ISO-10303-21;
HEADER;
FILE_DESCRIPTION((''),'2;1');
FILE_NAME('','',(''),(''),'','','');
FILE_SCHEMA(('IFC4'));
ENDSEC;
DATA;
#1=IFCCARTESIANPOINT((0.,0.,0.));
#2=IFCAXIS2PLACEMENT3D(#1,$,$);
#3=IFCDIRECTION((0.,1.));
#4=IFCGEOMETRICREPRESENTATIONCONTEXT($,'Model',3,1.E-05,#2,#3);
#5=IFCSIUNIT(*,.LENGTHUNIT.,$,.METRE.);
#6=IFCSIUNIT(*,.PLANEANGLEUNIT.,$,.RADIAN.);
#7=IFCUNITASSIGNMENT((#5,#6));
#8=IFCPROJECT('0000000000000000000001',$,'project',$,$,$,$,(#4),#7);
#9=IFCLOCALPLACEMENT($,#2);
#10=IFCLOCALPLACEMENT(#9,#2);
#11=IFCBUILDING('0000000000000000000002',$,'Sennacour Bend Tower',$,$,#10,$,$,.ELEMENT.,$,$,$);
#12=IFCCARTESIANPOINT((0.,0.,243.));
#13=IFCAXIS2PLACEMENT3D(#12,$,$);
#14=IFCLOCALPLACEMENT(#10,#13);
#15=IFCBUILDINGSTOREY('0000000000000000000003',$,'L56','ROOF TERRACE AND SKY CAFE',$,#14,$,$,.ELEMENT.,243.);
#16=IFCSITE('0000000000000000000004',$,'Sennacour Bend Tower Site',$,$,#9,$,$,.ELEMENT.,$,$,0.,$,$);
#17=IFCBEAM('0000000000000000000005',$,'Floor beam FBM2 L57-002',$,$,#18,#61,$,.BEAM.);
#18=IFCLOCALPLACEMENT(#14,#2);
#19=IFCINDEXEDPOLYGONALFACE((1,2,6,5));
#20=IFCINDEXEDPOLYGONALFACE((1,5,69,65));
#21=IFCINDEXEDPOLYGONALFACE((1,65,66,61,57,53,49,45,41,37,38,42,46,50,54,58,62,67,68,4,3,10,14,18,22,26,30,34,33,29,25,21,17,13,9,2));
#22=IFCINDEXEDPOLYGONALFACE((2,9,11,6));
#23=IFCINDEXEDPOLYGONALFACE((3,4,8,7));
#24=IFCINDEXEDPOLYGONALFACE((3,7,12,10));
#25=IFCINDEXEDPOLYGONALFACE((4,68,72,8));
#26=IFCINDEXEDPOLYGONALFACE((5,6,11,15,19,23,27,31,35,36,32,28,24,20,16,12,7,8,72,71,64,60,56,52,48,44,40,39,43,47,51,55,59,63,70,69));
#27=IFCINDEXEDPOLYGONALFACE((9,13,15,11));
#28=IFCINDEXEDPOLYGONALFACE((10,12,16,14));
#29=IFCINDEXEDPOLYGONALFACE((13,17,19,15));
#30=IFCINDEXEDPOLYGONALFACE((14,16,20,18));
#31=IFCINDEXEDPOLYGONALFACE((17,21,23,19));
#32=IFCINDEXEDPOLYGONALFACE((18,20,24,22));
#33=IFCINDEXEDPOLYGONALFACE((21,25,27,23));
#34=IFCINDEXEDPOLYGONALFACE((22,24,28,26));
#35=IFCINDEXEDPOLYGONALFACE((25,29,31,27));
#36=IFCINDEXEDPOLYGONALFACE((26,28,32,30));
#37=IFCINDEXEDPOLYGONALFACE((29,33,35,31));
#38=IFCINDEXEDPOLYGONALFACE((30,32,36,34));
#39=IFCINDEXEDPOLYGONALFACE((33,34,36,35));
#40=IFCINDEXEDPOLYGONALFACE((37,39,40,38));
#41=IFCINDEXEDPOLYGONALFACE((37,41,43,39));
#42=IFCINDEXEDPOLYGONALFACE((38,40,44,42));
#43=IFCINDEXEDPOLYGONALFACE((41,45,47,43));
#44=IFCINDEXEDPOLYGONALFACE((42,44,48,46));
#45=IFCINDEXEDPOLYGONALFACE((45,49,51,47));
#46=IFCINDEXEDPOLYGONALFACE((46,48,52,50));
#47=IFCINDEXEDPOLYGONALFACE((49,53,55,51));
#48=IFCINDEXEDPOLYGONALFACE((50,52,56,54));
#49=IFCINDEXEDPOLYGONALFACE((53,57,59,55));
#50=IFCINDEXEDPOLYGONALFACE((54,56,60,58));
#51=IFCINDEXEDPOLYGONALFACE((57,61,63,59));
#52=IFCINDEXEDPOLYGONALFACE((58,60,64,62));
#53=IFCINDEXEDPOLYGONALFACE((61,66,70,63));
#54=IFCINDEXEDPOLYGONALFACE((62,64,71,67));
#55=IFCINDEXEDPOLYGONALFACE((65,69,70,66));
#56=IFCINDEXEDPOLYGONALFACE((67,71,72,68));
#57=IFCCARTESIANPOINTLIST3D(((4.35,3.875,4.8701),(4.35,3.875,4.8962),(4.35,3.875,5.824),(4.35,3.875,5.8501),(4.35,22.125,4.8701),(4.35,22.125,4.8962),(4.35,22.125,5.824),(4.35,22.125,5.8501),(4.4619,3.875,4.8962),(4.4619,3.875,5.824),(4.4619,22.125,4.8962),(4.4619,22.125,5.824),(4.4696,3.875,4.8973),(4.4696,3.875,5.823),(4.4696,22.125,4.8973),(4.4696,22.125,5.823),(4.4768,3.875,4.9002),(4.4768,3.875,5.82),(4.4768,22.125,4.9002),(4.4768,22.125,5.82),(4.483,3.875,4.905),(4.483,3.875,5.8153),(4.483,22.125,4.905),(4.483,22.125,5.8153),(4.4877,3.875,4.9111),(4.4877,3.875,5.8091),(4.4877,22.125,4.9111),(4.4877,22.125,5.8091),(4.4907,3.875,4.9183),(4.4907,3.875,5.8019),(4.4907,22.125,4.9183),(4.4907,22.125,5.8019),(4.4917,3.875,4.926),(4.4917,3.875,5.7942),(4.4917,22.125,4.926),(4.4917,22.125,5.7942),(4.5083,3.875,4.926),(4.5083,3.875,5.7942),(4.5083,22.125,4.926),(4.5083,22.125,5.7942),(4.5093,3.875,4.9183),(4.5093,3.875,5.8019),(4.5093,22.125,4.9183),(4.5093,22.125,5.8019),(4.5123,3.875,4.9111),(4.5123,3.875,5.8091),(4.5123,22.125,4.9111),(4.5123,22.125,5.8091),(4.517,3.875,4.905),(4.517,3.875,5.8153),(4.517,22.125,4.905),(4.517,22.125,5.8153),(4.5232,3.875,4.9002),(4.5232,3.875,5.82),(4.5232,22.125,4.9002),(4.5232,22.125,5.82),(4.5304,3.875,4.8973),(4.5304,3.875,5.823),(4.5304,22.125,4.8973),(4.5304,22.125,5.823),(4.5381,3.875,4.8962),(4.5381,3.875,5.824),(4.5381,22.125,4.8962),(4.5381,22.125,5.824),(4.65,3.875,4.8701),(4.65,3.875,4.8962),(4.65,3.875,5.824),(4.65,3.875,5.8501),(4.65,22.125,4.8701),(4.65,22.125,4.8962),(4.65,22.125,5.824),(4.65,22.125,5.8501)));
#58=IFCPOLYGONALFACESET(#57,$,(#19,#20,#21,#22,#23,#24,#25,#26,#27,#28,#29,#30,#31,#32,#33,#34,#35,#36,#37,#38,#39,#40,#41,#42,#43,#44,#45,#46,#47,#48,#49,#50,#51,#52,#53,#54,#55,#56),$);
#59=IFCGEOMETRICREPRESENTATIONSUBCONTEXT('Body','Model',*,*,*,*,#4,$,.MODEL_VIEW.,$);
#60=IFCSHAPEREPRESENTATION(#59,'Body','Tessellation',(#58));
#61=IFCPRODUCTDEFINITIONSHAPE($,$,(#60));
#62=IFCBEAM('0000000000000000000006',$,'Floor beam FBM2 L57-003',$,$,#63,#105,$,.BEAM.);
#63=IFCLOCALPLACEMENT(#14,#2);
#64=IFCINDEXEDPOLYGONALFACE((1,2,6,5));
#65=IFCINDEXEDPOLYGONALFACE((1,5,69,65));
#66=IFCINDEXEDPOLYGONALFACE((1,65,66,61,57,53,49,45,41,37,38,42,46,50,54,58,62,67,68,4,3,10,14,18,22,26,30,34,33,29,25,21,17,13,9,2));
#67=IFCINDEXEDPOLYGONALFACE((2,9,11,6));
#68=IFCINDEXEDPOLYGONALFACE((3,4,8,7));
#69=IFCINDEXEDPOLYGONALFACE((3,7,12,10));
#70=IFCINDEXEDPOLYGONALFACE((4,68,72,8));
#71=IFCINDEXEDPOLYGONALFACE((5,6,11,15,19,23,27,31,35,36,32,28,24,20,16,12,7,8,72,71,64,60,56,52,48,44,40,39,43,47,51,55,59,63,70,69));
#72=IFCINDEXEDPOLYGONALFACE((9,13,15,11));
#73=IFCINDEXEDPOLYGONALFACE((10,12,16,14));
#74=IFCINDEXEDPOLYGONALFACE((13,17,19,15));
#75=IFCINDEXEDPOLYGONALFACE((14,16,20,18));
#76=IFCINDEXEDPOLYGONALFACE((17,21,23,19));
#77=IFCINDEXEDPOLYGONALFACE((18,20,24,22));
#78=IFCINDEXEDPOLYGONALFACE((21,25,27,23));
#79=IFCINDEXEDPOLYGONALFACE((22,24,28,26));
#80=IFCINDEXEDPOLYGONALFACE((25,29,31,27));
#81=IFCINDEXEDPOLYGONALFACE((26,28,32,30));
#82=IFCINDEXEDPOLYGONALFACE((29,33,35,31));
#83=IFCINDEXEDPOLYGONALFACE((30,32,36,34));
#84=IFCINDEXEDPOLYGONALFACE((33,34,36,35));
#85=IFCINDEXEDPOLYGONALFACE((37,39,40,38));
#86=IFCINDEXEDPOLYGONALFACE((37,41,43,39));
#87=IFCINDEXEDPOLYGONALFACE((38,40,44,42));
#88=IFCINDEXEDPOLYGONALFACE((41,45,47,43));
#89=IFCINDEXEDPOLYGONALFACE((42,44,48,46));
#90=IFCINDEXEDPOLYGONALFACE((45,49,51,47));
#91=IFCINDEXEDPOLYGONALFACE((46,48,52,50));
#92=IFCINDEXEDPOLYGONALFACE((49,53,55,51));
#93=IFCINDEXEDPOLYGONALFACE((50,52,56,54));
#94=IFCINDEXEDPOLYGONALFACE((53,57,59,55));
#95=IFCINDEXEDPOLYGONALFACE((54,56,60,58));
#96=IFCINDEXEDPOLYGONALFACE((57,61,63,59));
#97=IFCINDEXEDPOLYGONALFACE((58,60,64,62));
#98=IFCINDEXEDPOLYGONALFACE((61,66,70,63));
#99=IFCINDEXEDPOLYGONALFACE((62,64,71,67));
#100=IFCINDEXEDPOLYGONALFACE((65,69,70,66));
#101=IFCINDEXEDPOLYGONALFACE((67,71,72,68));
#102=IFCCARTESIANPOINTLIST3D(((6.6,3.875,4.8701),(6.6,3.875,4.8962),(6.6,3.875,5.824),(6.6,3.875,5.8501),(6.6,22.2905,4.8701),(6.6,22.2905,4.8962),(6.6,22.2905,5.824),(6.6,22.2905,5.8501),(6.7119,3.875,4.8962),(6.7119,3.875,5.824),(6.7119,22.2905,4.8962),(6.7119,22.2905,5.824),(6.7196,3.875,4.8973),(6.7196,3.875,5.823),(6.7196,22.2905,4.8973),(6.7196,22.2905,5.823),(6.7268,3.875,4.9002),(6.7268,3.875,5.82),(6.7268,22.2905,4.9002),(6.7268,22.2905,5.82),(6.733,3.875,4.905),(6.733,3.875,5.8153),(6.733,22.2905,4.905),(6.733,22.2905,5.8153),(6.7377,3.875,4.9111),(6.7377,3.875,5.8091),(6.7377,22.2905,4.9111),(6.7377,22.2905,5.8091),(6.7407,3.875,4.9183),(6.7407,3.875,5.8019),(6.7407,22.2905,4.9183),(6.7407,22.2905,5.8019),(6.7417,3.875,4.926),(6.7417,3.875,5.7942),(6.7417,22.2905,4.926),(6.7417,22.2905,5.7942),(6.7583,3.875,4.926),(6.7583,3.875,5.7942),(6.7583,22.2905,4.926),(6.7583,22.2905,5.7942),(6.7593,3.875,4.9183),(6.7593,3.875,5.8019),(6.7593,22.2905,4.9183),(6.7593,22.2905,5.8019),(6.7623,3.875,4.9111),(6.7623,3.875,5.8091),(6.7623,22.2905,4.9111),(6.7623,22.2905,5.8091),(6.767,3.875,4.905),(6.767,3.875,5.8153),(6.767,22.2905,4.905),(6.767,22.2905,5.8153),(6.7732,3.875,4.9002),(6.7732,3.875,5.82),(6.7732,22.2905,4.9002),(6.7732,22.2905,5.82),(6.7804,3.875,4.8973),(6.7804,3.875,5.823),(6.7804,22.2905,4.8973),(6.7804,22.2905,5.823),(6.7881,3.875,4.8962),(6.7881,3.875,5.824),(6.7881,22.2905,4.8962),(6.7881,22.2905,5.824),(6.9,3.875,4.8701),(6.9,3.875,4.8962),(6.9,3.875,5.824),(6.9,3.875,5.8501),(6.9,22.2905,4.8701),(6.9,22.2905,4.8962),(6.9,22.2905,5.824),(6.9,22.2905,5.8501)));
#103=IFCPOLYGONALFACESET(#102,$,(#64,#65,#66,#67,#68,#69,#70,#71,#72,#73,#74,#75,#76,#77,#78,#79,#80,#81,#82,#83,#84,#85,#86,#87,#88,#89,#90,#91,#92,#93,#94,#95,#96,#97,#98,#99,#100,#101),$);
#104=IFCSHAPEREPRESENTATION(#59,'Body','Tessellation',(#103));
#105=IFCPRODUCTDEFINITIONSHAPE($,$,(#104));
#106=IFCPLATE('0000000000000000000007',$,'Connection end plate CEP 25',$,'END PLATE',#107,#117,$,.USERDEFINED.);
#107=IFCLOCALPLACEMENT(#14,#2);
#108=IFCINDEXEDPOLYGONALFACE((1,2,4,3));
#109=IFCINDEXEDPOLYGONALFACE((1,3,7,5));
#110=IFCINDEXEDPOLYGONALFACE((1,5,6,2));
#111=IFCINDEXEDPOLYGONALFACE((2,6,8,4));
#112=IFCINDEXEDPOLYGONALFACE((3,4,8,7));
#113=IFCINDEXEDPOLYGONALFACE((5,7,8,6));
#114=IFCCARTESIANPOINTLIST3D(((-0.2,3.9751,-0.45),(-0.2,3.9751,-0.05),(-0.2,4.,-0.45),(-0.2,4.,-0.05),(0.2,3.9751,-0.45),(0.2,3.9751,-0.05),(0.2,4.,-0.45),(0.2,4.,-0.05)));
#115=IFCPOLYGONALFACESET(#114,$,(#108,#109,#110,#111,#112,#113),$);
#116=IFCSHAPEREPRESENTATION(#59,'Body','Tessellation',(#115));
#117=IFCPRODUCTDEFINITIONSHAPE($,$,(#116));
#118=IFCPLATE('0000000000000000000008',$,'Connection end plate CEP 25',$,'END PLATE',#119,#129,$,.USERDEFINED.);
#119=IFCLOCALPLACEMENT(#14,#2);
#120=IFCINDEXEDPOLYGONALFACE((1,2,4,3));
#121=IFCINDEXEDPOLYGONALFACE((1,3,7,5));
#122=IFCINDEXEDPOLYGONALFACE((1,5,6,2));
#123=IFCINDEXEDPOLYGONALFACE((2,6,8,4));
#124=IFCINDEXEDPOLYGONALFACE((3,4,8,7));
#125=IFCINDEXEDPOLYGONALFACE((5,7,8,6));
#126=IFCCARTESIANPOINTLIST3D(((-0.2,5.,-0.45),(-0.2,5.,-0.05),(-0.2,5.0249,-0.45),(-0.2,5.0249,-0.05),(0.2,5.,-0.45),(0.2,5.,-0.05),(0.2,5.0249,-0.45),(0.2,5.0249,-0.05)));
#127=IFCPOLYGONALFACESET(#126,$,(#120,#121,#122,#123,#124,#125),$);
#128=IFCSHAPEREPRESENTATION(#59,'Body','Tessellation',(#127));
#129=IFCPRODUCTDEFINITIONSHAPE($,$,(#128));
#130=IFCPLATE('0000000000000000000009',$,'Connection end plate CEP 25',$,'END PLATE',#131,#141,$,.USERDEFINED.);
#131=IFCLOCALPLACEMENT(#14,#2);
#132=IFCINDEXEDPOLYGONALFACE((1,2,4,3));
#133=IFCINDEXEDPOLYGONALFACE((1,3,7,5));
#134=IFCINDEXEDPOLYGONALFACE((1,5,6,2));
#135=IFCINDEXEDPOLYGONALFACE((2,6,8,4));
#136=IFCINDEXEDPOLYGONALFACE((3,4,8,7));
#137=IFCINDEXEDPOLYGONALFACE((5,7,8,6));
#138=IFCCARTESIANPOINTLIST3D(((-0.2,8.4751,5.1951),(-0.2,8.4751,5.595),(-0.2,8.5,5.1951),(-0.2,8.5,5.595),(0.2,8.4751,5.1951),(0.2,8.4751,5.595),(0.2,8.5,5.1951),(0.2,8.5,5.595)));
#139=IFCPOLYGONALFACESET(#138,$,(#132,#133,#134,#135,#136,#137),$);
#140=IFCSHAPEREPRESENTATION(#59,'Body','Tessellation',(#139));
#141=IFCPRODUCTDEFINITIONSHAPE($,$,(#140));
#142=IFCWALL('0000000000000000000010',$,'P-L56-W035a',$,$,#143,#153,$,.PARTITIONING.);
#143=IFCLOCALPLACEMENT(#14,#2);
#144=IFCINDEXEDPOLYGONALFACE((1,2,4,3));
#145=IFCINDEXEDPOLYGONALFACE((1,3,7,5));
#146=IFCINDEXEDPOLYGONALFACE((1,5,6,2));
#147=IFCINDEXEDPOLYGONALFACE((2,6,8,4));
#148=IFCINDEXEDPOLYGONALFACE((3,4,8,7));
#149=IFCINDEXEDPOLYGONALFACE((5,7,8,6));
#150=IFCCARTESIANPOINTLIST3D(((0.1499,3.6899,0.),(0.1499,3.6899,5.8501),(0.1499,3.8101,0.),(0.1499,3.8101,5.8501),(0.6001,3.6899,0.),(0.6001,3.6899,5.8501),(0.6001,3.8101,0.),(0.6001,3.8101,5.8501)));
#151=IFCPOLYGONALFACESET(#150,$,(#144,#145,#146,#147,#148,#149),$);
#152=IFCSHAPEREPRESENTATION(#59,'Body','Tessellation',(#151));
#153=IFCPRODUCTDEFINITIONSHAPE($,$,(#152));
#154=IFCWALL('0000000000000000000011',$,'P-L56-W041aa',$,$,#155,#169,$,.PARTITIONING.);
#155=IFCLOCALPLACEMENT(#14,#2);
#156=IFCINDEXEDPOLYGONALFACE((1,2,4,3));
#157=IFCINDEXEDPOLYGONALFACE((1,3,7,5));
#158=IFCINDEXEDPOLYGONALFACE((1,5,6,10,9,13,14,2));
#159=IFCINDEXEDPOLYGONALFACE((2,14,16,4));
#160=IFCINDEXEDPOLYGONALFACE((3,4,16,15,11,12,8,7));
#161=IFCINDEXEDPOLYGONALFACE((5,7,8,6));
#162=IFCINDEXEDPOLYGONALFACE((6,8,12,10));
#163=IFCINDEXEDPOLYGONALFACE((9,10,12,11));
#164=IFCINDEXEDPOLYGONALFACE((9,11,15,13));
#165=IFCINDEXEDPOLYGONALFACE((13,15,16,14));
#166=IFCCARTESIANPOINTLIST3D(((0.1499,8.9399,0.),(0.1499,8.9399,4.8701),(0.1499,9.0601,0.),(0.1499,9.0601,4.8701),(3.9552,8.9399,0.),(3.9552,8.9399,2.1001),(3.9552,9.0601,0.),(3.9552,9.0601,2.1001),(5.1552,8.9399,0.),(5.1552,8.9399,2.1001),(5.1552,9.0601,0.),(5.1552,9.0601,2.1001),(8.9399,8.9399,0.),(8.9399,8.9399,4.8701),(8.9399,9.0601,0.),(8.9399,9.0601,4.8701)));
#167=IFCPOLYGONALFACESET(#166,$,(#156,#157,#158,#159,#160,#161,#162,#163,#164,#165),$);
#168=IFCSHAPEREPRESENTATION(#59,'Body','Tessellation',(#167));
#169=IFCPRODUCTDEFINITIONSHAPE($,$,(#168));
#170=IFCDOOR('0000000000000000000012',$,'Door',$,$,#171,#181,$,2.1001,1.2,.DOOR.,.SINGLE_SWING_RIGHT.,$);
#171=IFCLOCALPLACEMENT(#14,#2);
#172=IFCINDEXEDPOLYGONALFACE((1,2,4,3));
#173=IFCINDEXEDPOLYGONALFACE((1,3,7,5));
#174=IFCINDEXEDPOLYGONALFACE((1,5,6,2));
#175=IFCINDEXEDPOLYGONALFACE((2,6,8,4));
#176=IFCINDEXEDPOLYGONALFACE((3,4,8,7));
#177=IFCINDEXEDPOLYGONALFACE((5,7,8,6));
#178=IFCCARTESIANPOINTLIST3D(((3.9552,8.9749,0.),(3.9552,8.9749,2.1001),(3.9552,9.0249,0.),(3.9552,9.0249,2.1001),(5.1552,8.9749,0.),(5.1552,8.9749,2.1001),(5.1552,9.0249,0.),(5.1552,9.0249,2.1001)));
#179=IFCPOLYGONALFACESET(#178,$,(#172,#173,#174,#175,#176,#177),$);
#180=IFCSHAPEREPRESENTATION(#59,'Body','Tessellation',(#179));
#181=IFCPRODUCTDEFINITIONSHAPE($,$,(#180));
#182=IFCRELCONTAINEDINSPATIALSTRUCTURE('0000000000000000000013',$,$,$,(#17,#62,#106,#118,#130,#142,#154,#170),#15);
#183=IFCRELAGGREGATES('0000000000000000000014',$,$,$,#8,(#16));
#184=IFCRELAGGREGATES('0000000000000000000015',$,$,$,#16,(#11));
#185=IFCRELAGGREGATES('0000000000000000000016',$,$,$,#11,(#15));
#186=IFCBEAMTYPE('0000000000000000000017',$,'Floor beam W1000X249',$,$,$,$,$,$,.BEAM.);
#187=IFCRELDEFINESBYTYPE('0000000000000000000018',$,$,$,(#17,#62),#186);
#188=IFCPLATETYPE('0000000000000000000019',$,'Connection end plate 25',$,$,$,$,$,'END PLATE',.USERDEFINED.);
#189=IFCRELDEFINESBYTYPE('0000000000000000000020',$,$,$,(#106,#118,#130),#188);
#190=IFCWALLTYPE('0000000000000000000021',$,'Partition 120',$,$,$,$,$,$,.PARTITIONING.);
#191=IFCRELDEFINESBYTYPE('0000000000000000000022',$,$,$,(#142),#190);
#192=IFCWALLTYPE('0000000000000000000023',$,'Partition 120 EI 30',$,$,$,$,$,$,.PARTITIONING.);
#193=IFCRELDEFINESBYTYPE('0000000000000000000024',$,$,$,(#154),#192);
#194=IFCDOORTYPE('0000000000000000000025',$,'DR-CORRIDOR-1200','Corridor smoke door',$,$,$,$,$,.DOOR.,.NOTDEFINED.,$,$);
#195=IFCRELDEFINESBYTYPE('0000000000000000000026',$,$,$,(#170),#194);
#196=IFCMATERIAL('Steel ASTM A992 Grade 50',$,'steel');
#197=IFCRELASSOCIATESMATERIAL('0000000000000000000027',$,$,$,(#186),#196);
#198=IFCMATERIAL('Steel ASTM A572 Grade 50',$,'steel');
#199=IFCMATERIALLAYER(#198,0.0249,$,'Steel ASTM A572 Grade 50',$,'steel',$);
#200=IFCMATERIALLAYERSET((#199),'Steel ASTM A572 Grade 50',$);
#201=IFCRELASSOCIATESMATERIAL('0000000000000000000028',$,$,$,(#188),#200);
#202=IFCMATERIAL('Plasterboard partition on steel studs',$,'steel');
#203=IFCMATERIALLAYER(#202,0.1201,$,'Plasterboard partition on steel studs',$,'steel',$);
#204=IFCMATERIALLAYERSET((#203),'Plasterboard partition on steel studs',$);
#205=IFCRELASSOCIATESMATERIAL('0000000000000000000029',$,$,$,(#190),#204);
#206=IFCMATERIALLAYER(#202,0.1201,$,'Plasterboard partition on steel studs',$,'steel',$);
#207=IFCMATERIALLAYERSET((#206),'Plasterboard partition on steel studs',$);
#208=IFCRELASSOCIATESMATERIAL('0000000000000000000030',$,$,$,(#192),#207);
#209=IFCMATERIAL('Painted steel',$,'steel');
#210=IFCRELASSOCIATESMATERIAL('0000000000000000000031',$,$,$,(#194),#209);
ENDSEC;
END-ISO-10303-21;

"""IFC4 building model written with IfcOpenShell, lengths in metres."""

from ifc_helpers import new_model, si_unit, direction, frame, frame_2d, origin, origin_2d, place, context, subcontext, project, spatial, rectangle, i_section, extrude, material, layer, layer_set, material_profile, profile_set, type_object, element, fill, save


model = new_model("IFC4")

# Units and contexts
model_context = context("Model", 3, precision=1e-05, world=origin(), true_north=direction((0.0, 1.0)))
body_context = subcontext(model_context, "Body", "Model", "MODEL_VIEW")
ifc_project = project(units=[si_unit("LENGTHUNIT", "METRE"), si_unit("PLANEANGLEUNIT", "RADIAN")], contexts=[model_context])

# Site, building, storey
site_placement = place(None, origin())
site = spatial("IfcSite", under=ifc_project, at=site_placement, Name="Sennacour Bend Tower Site", CompositionType="ELEMENT", RefElevation=0.0)
building_placement = place(site_placement, origin())
building = spatial("IfcBuilding", under=site, at=building_placement, Name="Sennacour Bend Tower", CompositionType="ELEMENT")
storey_placement = place(building_placement, frame((0.0, 0.0, 243.0)))
storey = spatial("IfcBuildingStorey", under=building, at=storey_placement, Name="L56", Description="ROOF TERRACE AND SKY CAFE", CompositionType="ELEMENT", Elevation=243.0)

# Shared definitions
ifc_material_1 = material(Name="Steel ASTM A572 Grade 50", Category="steel")

# Shared definitions
ifc_material_2 = material(Name="Steel ASTM A992 Grade 50", Category="steel")

# Beams
ifc_material_profile_1 = material_profile(ifc_material_2, i_section(OverallWidth=0.3, OverallDepth=0.98, WebThickness=0.0166, FlangeThickness=0.0261, FilletRadius=0.0298, at=origin_2d()), Name="Steel ASTM A992 Grade 50", Category="steel")
ifc_profile_set_1 = profile_set([ifc_material_profile_1], Name="Steel ASTM A992 Grade 50")
beam_type = type_object("IfcBeamType", Name="Floor beam W1000X249", PredefinedType="BEAM", material=ifc_profile_set_1)
beam_1_placement = place(storey_placement, frame((4.5, 3.875, 5.3601), z_axis=(0.0, 1.0, 0.0), x_axis=(-1.0, 0.0, 0.0)))
element("IfcBeam", 1, at=beam_1_placement, inside=storey, type_object=beam_type, Name="Floor beam FBM2 L57-002", PredefinedType="BEAM", context=body_context, shape_type="SweptSolid", body=[
    extrude(i_section(OverallWidth=0.3, OverallDepth=0.98, WebThickness=0.0166, FlangeThickness=0.0261, FilletRadius=0.0298, at=origin_2d()), origin(), (0.0, 0.0, 1.0), 18.25),
])
beam_2_placement = place(storey_placement, frame((6.75, 3.875, 5.3601), z_axis=(0.0, 1.0, 0.0), x_axis=(-1.0, 0.0, 0.0)))
element("IfcBeam", 2, at=beam_2_placement, inside=storey, type_object=beam_type, Name="Floor beam FBM2 L57-003", PredefinedType="BEAM", context=body_context, shape_type="SweptSolid", body=[
    extrude(i_section(OverallWidth=0.3, OverallDepth=0.98, WebThickness=0.0166, FlangeThickness=0.0261, FilletRadius=0.0298, at=origin_2d()), origin(), (0.0, 0.0, 1.0), 18.4155),
])

# Plates
ifc_layer_1 = layer(ifc_material_1, 0.0249, Name="Steel ASTM A572 Grade 50", Category="steel")
ifc_layer_set_1 = layer_set([ifc_layer_1], Name="Steel ASTM A572 Grade 50")
plate_type = type_object("IfcPlateType", Name="Connection end plate 25", ElementType="END PLATE", PredefinedType="USERDEFINED", material=ifc_layer_set_1)
for number, where, z_axis, x_axis, name in (
    (3, (0.0, 3.9875, -0.45), (0.0, 0.0, 1.0), (0.0, 1.0, 0.0), "Connection end plate CEP 25"),
    (4, (0.0, 5.0125, -0.45), (0.0, 0.0, 1.0), (0.0, -1.0, 0.0), "Connection end plate CEP 25"),
    (5, (0.0, 8.4875, 5.1951), (0.0, 0.0, 1.0), (0.0, 1.0, 0.0), "Connection end plate CEP 25"),
):
    element("IfcPlate", number, at=place(storey_placement, frame(where, z_axis=z_axis, x_axis=x_axis)), inside=storey, type_object=plate_type, Name=name, ObjectType="END PLATE", PredefinedType="USERDEFINED", context=body_context, shape_type="SweptSolid", body=[
        extrude(rectangle(XDim=0.0249, YDim=0.3999, at=origin_2d()), origin(), (0.0, 0.0, 1.0), 0.3999),
    ])

# Wall
ifc_material_3 = material(Name="Plasterboard partition on steel studs", Category="steel")
ifc_layer_2 = layer(ifc_material_3, 0.1201, Name="Plasterboard partition on steel studs", Category="steel")
ifc_layer_set_2 = layer_set([ifc_layer_2], Name="Plasterboard partition on steel studs")
wall_type_1 = type_object("IfcWallType", Name="Partition 120", PredefinedType="PARTITIONING", material=ifc_layer_set_2)
wall_1_placement = place(storey_placement, frame((0.1499, 3.75, 0.0), z_axis=(0.0, 0.0, 1.0), x_axis=(1.0, 0.0, 0.0)))
element("IfcWall", 6, at=wall_1_placement, inside=storey, type_object=wall_type_1, Name="P-L56-W035a", PredefinedType="PARTITIONING", context=body_context, shape_type="SweptSolid", body=[
    extrude(rectangle(XDim=0.4502, YDim=0.1201, at=frame_2d((0.2251, 0.0))), origin(), (0.0, 0.0, 1.0), 5.8501),
])

# Wall, opening, door
ifc_layer_3 = layer(ifc_material_3, 0.1201, Name="Plasterboard partition on steel studs", Category="steel")
ifc_layer_set_3 = layer_set([ifc_layer_3], Name="Plasterboard partition on steel studs")
wall_type_2 = type_object("IfcWallType", Name="Partition 120 EI 30", PredefinedType="PARTITIONING", material=ifc_layer_set_3)
wall_2_placement = place(storey_placement, frame((0.1499, 9.0, 0.0), z_axis=(0.0, 0.0, 1.0), x_axis=(1.0, 0.0, 0.0)))
wall_2 = element("IfcWall", 7, at=wall_2_placement, inside=storey, type_object=wall_type_2, Name="P-L56-W041aa", PredefinedType="PARTITIONING", context=body_context, shape_type="SweptSolid", body=[
    extrude(rectangle(XDim=8.79, YDim=0.1201, at=frame_2d((4.395, 0.0))), origin(), (0.0, 0.0, 1.0), 4.8701),
])
opening_1_placement = place(wall_2_placement, frame((3.8052, 0.0, 0.0)))
opening_1 = element("IfcOpeningElement", 8, at=opening_1_placement, cuts=wall_2, PredefinedType="OPENING", context=body_context, shape_type="SweptSolid", body=[
    extrude(rectangle(XDim=1.2, YDim=2.1001, at=frame_2d((0.6001, 1.05))), frame((0.0, 0.0701, 0.0), z_axis=(0.0, -1.0, 0.0), x_axis=(1.0, 0.0, 0.0)), (0.0, 0.0, 1.0), 0.1401),
])
ifc_material_4 = material(Name="Painted steel", Category="steel")
door_type_1 = type_object("IfcDoorType", Name="DR-CORRIDOR-1200", Description="Corridor smoke door", OperationType="NOTDEFINED", PredefinedType="DOOR", material=ifc_material_4)
door_1_placement = place(opening_1_placement, origin())
door_1 = element("IfcDoor", 9, at=door_1_placement, inside=storey, type_object=door_type_1, Name="Door", OperationType="SINGLE_SWING_RIGHT", OverallHeight=2.1001, OverallWidth=1.2, PredefinedType="DOOR", context=body_context, shape_type="SweptSolid", body=[
    extrude(rectangle(XDim=1.2, YDim=2.1001, at=frame_2d((0.6001, 1.05))), frame((0.0, 0.0249, 0.0), z_axis=(0.0, -1.0, 0.0), x_axis=(1.0, 0.0, 0.0)), (0.0, 0.0, 1.0), 0.05),
])
fill(opening_1, door_1)

save(model, "model.ifc")
